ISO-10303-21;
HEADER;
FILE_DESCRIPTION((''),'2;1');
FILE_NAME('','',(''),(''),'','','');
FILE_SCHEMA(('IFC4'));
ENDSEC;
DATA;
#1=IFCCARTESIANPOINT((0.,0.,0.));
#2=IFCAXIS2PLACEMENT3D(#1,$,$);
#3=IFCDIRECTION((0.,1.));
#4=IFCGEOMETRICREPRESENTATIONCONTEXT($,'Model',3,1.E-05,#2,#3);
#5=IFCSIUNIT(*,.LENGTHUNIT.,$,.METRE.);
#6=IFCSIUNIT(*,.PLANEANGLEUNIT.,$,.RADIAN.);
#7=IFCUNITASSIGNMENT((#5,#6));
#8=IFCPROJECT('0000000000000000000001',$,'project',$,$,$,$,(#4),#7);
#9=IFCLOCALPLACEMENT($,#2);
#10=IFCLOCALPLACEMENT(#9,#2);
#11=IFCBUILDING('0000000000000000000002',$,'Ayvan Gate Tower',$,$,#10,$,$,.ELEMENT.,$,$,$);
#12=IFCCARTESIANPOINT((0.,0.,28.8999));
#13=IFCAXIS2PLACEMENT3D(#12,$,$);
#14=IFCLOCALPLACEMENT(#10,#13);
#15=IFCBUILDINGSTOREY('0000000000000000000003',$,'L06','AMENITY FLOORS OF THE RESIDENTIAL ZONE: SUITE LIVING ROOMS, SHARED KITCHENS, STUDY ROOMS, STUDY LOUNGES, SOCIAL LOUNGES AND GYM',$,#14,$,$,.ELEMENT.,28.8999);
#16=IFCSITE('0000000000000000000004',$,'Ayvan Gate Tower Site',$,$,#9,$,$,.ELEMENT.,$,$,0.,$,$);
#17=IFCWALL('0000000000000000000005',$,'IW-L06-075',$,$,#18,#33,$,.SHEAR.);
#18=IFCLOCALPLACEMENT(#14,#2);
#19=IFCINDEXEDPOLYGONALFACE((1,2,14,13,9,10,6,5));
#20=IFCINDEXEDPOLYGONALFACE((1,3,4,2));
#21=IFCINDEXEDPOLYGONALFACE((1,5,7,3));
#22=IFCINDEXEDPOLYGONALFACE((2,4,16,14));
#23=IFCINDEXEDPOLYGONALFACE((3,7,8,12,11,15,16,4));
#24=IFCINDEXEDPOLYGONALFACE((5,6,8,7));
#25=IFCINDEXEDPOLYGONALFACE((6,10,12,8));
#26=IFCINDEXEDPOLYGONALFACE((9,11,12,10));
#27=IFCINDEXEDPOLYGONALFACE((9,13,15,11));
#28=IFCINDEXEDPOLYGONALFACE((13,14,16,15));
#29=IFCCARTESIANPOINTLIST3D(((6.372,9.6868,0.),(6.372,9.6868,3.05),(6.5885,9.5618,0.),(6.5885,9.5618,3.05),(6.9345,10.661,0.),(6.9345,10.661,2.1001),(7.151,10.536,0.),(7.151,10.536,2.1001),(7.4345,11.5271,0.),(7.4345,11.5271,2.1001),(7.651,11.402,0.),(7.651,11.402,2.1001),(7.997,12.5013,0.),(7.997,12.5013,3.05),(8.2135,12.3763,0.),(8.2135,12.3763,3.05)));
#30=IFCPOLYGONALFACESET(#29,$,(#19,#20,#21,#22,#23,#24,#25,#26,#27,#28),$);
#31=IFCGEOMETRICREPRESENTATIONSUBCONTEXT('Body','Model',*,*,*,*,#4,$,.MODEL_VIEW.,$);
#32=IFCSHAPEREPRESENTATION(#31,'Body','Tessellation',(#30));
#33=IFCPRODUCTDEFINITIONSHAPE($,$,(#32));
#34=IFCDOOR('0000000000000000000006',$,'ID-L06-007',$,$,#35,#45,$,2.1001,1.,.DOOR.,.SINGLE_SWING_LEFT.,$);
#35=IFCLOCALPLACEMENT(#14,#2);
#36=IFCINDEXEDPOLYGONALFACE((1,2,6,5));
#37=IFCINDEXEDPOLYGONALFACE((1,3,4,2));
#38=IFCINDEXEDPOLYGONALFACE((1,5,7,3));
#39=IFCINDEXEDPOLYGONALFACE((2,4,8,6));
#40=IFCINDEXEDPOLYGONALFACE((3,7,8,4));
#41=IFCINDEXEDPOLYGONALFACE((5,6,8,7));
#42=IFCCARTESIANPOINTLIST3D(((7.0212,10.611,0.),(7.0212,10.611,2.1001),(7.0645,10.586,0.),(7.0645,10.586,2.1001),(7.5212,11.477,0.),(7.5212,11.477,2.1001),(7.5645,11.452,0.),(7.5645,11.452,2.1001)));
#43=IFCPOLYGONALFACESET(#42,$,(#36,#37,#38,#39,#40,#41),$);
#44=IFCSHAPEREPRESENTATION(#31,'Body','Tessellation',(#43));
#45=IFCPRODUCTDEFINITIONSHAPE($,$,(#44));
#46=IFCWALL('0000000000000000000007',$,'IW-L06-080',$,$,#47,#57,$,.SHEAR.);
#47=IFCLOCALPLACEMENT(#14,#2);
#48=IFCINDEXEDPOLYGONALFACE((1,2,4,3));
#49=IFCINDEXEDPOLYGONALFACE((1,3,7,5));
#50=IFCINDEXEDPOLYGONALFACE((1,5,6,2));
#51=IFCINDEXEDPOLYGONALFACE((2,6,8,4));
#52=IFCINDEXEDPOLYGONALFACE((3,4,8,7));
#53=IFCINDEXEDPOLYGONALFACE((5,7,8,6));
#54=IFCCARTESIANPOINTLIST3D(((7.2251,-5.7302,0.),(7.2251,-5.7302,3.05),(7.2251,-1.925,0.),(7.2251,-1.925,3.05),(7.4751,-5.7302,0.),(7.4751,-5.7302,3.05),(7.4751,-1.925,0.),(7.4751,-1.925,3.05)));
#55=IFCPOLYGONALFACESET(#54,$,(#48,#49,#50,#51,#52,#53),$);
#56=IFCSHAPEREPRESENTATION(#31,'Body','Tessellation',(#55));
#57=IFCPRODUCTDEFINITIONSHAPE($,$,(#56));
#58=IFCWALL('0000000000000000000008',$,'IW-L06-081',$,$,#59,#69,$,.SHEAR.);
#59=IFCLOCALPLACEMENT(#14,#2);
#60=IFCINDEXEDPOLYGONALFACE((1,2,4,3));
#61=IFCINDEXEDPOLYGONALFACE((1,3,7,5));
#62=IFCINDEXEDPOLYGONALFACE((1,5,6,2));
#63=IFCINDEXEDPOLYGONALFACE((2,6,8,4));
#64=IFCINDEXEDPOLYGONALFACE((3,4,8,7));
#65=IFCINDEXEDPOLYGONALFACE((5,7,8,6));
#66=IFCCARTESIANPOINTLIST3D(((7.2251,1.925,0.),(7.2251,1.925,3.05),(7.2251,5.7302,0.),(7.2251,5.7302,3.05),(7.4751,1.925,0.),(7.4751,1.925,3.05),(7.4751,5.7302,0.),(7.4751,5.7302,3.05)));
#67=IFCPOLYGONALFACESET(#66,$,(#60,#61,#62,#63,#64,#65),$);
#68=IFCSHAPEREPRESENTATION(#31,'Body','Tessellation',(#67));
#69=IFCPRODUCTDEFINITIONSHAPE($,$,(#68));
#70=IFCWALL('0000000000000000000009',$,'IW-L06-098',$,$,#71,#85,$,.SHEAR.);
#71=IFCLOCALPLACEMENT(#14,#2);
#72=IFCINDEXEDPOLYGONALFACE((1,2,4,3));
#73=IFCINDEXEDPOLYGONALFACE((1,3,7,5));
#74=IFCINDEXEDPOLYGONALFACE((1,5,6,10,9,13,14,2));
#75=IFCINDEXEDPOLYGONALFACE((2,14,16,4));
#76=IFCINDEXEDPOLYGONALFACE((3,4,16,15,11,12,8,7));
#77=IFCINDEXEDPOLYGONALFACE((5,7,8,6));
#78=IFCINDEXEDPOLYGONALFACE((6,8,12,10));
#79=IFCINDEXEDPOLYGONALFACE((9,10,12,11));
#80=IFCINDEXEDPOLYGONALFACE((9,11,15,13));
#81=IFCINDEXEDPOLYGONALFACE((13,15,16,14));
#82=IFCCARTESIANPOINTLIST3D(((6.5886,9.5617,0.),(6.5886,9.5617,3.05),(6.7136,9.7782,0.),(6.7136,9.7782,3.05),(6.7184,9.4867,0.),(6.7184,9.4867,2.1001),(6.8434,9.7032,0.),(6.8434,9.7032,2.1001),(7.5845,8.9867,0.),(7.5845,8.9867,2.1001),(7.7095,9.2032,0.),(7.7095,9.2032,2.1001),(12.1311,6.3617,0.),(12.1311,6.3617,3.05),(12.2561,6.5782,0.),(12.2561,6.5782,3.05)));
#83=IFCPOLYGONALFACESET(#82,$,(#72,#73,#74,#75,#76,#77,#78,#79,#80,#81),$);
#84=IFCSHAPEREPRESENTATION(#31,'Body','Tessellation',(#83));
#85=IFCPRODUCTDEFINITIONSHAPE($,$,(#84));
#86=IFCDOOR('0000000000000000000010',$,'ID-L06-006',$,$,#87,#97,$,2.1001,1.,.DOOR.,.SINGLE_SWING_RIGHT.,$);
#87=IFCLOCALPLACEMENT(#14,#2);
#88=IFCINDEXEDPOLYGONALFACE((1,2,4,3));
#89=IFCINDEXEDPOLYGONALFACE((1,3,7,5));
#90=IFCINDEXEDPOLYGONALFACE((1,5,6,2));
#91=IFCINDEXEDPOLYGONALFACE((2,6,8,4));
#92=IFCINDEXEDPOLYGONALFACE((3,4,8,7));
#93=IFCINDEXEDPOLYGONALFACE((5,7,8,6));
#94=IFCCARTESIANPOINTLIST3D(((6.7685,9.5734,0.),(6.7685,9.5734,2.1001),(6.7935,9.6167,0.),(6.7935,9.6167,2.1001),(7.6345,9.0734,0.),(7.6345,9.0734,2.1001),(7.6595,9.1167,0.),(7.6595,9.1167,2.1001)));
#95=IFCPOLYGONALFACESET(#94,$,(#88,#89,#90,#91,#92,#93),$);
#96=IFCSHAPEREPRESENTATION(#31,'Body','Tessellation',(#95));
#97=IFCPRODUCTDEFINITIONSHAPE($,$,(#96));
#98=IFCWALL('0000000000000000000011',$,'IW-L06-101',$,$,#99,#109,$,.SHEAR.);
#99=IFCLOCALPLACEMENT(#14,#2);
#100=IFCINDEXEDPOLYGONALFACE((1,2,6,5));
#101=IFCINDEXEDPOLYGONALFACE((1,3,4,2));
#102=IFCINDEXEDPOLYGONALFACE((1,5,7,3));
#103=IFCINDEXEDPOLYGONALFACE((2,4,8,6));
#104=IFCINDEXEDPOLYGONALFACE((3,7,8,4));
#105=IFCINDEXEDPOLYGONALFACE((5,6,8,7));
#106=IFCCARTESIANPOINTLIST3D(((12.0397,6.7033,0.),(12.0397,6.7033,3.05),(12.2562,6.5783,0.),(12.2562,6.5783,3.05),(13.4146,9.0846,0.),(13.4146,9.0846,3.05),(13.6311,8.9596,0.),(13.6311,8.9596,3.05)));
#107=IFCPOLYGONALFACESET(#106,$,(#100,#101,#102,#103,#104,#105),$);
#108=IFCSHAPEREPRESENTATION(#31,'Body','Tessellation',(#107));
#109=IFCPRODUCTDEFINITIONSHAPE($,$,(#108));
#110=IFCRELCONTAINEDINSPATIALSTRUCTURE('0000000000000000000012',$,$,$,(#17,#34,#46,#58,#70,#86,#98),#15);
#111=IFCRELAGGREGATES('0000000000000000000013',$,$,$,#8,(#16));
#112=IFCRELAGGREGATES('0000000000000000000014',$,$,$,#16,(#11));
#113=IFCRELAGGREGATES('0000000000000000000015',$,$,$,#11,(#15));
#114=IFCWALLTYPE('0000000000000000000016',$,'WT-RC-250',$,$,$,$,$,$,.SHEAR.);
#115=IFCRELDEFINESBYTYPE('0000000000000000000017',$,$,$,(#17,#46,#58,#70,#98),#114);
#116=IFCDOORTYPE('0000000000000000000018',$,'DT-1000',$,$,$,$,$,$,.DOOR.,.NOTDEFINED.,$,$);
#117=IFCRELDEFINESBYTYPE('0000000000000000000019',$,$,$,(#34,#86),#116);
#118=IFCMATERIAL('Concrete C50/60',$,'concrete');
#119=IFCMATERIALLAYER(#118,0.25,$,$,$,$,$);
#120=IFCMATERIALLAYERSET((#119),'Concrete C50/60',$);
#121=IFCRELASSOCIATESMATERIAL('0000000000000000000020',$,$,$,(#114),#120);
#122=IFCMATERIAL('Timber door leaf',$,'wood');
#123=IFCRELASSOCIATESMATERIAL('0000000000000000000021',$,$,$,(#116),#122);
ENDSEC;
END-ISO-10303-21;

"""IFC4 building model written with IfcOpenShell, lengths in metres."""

from ifc_helpers import new_model, si_unit, direction, frame, frame_2d, origin, place, context, subcontext, project, spatial, rectangle, extrude, material, layer, layer_set, type_object, element, fill, save


model = new_model("IFC4")

# Units and contexts
model_context = context("Model", 3, precision=1e-05, world=origin(), true_north=direction((0.0, 1.0)))
body_context = subcontext(model_context, "Body", "Model", "MODEL_VIEW")
ifc_project = project(units=[si_unit("LENGTHUNIT", "METRE"), si_unit("PLANEANGLEUNIT", "RADIAN")], contexts=[model_context])

# Site, building, storey
site_placement = place(None, origin())
site = spatial("IfcSite", under=ifc_project, at=site_placement, Name="Ayvan Gate Tower Site", CompositionType="ELEMENT", RefElevation=0.0)
building_placement = place(site_placement, origin())
building = spatial("IfcBuilding", under=site, at=building_placement, Name="Ayvan Gate Tower", CompositionType="ELEMENT")
storey_placement = place(building_placement, frame((0.0, 0.0, 28.8999)))
storey = spatial("IfcBuildingStorey", under=building, at=storey_placement, Name="L06", Description="AMENITY FLOORS OF THE RESIDENTIAL ZONE: SUITE LIVING ROOMS, SHARED KITCHENS, STUDY ROOMS, STUDY LOUNGES, SOCIAL LOUNGES AND GYM", CompositionType="ELEMENT", Elevation=28.8999)

# Shared definitions
ifc_material_1 = material(Name="Timber door leaf", Category="wood")

# Shared definitions
ifc_material_2 = material(Name="Concrete C50/60", Category="concrete")
ifc_layer_1 = layer(ifc_material_2, 0.25)
ifc_layer_set_1 = layer_set([ifc_layer_1], Name="Concrete C50/60")
wall_type_1 = type_object("IfcWallType", Name="WT-RC-250", PredefinedType="SHEAR", material=ifc_layer_set_1)

# Wall, opening, door
wall_1_placement = place(storey_placement, frame((6.4802, 9.6243, 0.0), z_axis=(0.0, 0.0, 1.0), x_axis=(0.500017, 0.866015, 0.0)))
wall_1 = element("IfcWall", 1, at=wall_1_placement, inside=storey, type_object=wall_type_1, Name="IW-L06-075", PredefinedType="SHEAR", context=body_context, shape_type="SweptSolid", body=[
    extrude(rectangle(XDim=3.25, YDim=0.25, at=frame_2d((1.625, 0.0))), origin(), (0.0, 0.0, 1.0), 3.05),
])
opening_1_placement = place(wall_1_placement, frame((1.125, 0.0, 0.0)))
opening_1 = element("IfcOpeningElement", 2, at=opening_1_placement, cuts=wall_1, PredefinedType="OPENING", context=body_context, shape_type="SweptSolid", body=[
    extrude(rectangle(XDim=1.0, YDim=2.1001, at=frame_2d((0.5, 1.05))), frame((0.0, 0.135, 0.0), z_axis=(0.0, -1.0, 0.0), x_axis=(1.0, 0.0, 0.0)), (0.0, 0.0, 1.0), 0.27),
])
door_type_1 = type_object("IfcDoorType", Name="DT-1000", OperationType="NOTDEFINED", PredefinedType="DOOR", material=ifc_material_1)
door_1_placement = place(opening_1_placement, origin())
door_1 = element("IfcDoor", 3, at=door_1_placement, inside=storey, type_object=door_type_1, Name="ID-L06-007", OperationType="SINGLE_SWING_LEFT", OverallHeight=2.1001, OverallWidth=1.0, PredefinedType="DOOR", context=body_context, shape_type="SweptSolid", body=[
    extrude(rectangle(XDim=1.0, YDim=2.1001, at=frame_2d((0.5, 1.05))), frame((0.0, 0.0249, 0.0), z_axis=(0.0, -1.0, 0.0), x_axis=(1.0, 0.0, 0.0)), (0.0, 0.0, 1.0), 0.05),
])
fill(opening_1, door_1)

# Walls
for number, where, z_axis, x_axis, name in (
    (4, (7.3501, -1.925, 0.0), (0.0, 0.0, 1.0), (0.0, -1.0, 0.0), "IW-L06-080"),
    (5, (7.3501, 5.7302, 0.0), (0.0, 0.0, 1.0), (0.0, -1.0, 0.0), "IW-L06-081"),
):
    element("IfcWall", number, at=place(storey_placement, frame(where, z_axis=z_axis, x_axis=x_axis)), inside=storey, type_object=wall_type_1, Name=name, PredefinedType="SHEAR", context=body_context, shape_type="SweptSolid", body=[
        extrude(rectangle(XDim=3.8052, YDim=0.25, at=frame_2d((1.9026, 0.0))), origin(), (0.0, 0.0, 1.0), 3.05),
    ])

# Wall, opening, door
wall_2_placement = place(storey_placement, frame((12.1936, 6.47, 0.0), z_axis=(0.0, 0.0, 1.0), x_axis=(-0.866025, 0.5, 0.0)))
wall_2 = element("IfcWall", 6, at=wall_2_placement, inside=storey, type_object=wall_type_1, Name="IW-L06-098", PredefinedType="SHEAR", context=body_context, shape_type="SweptSolid", body=[
    extrude(rectangle(XDim=6.3999, YDim=0.25, at=frame_2d((3.2, 0.0))), origin(), (0.0, 0.0, 1.0), 3.05),
])
opening_2_placement = place(wall_2_placement, frame((5.25, 0.0, 0.0)))
opening_2 = element("IfcOpeningElement", 7, at=opening_2_placement, cuts=wall_2, PredefinedType="OPENING", context=body_context, shape_type="SweptSolid", body=[
    extrude(rectangle(XDim=1.0, YDim=2.1001, at=frame_2d((0.5, 1.05))), frame((0.0, 0.135, 0.0), z_axis=(0.0, -1.0, 0.0), x_axis=(1.0, 0.0, 0.0)), (0.0, 0.0, 1.0), 0.27),
])
door_2_placement = place(opening_2_placement, origin())
door_2 = element("IfcDoor", 8, at=door_2_placement, inside=storey, type_object=door_type_1, Name="ID-L06-006", OperationType="SINGLE_SWING_RIGHT", OverallHeight=2.1001, OverallWidth=1.0, PredefinedType="DOOR", context=body_context, shape_type="SweptSolid", body=[
    extrude(rectangle(XDim=1.0, YDim=2.1001, at=frame_2d((0.5, 1.05))), frame((0.0, 0.0249, 0.0), z_axis=(0.0, -1.0, 0.0), x_axis=(1.0, 0.0, 0.0)), (0.0, 0.0, 1.0), 0.05),
])
fill(opening_2, door_2)

# Wall
wall_3_placement = place(storey_placement, frame((13.5229, 9.0222, 0.0), z_axis=(0.0, 0.0, 1.0), x_axis=(-0.500035, -0.866005, 0.0)))
element("IfcWall", 9, at=wall_3_placement, inside=storey, type_object=wall_type_1, Name="IW-L06-101", PredefinedType="SHEAR", context=body_context, shape_type="SweptSolid", body=[
    extrude(rectangle(XDim=2.7498, YDim=0.25, at=frame_2d((1.375, 0.0))), origin(), (0.0, 0.0, 1.0), 3.05),
])

save(model, "model.ifc")
